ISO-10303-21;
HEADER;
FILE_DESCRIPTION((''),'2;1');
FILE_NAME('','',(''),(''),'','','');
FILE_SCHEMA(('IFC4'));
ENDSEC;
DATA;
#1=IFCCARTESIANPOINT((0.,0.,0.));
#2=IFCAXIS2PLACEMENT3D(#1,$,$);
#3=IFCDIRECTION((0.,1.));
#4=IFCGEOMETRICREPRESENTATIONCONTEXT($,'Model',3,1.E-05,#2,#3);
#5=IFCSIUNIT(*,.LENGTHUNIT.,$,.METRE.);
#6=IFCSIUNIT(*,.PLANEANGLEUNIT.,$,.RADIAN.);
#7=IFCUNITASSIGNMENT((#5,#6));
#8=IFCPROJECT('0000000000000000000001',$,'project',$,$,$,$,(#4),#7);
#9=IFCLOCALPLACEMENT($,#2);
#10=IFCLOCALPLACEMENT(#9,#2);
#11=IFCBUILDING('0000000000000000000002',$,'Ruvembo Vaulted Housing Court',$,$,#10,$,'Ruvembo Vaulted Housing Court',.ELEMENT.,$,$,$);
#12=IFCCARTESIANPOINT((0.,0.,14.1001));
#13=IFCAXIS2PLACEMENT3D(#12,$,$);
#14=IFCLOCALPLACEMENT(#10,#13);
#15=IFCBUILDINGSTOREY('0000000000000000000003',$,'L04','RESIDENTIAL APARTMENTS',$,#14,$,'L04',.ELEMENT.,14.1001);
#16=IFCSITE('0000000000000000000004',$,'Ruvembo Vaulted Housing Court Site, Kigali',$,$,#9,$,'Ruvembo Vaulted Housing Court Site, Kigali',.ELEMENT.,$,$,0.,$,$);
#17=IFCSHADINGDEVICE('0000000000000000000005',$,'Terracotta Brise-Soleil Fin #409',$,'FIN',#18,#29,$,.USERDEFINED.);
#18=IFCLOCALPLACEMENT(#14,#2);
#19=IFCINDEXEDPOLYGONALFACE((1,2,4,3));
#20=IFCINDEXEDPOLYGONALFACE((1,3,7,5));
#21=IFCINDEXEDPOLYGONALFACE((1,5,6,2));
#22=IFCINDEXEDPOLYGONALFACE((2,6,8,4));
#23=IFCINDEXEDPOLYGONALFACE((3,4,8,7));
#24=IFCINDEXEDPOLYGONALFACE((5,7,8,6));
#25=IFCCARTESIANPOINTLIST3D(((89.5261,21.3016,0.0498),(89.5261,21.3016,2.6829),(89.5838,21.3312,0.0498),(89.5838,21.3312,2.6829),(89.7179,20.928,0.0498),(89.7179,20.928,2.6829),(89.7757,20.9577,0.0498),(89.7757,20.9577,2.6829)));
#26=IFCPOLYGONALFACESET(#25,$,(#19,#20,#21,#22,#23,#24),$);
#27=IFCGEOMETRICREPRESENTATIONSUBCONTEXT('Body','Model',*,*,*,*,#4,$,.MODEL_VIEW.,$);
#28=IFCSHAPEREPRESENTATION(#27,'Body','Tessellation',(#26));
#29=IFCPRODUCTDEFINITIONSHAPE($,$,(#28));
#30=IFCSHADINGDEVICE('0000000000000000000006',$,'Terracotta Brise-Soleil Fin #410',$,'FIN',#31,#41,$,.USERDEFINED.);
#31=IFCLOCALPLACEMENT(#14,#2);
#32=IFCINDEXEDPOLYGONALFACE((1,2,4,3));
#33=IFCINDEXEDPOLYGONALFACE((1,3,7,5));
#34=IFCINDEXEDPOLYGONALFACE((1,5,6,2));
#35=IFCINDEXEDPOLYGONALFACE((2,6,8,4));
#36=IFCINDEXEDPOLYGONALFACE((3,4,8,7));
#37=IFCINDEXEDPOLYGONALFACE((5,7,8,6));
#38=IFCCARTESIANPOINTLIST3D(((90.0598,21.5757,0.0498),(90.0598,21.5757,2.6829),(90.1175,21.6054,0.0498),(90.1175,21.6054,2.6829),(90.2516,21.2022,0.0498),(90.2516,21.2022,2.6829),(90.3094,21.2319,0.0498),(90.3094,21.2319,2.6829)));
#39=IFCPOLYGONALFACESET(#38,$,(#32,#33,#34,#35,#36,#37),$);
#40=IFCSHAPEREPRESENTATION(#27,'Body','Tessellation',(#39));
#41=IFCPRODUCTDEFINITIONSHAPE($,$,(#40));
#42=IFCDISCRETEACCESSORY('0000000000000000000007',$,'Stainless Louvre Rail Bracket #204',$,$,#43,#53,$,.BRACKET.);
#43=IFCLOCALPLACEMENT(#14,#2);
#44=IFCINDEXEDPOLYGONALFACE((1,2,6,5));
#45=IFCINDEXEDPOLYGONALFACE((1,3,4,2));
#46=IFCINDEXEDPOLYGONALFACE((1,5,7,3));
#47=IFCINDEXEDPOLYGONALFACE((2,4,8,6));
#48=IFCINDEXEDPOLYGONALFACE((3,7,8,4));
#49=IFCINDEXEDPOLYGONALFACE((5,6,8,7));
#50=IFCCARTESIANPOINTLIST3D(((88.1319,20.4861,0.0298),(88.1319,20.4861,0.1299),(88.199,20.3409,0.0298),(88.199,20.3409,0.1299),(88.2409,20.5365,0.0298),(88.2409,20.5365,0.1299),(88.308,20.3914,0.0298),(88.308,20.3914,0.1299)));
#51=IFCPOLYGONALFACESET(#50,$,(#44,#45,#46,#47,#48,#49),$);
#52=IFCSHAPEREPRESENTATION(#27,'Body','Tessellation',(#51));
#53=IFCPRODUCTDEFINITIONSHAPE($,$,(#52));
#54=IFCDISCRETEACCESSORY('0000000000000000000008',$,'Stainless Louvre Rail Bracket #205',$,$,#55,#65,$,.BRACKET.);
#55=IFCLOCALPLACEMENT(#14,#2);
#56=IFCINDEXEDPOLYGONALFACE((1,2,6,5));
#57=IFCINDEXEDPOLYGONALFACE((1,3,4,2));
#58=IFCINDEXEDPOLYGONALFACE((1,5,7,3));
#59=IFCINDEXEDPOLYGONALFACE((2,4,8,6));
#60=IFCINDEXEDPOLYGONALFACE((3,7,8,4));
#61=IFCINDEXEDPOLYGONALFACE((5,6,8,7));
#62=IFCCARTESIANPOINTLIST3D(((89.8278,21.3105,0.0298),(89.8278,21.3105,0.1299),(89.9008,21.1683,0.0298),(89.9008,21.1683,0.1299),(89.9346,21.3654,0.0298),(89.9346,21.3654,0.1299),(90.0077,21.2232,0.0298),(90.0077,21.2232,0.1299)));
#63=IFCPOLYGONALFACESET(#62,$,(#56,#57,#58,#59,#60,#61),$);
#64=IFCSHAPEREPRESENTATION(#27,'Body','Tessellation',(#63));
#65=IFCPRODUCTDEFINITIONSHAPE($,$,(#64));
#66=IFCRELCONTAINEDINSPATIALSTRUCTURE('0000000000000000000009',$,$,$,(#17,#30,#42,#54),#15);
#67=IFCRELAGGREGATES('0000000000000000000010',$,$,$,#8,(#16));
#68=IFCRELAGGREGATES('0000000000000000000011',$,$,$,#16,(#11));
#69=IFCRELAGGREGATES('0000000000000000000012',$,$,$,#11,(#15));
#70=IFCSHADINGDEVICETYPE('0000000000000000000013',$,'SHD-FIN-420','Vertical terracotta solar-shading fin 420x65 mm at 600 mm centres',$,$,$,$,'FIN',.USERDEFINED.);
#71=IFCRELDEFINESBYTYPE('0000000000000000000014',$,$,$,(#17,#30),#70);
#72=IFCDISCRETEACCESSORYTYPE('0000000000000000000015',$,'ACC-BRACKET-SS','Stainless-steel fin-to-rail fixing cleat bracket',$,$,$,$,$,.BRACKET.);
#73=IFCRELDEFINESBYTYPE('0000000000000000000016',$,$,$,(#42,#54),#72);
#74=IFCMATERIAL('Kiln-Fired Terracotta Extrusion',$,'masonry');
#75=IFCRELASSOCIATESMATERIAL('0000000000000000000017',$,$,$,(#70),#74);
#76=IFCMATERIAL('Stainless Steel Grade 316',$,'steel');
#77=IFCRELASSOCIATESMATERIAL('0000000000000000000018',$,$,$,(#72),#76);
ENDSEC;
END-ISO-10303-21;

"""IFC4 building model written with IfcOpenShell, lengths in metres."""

from ifc_helpers import new_model, si_unit, direction, frame, origin, origin_2d, place, context, subcontext, project, spatial, rectangle, extrude, material, type_object, element, save


model = new_model("IFC4")

# Units and contexts
model_context = context("Model", 3, precision=1e-05, world=origin(), true_north=direction((0.0, 1.0)))
body_context = subcontext(model_context, "Body", "Model", "MODEL_VIEW")
ifc_project = project(units=[si_unit("LENGTHUNIT", "METRE"), si_unit("PLANEANGLEUNIT", "RADIAN")], contexts=[model_context])

# Site, building, storey
site_placement = place(None, origin())
site = spatial("IfcSite", under=ifc_project, at=site_placement, Name="Ruvembo Vaulted Housing Court Site, Kigali", LongName="Ruvembo Vaulted Housing Court Site, Kigali", CompositionType="ELEMENT", RefElevation=0.0)
building_placement = place(site_placement, origin())
building = spatial("IfcBuilding", under=site, at=building_placement, Name="Ruvembo Vaulted Housing Court", LongName="Ruvembo Vaulted Housing Court", CompositionType="ELEMENT")
storey_placement = place(building_placement, frame((0.0, 0.0, 14.1001)))
storey = spatial("IfcBuildingStorey", under=building, at=storey_placement, Name="L04", Description="RESIDENTIAL APARTMENTS", LongName="L04", CompositionType="ELEMENT", Elevation=14.1001)

# Shading devices
ifc_material_1 = material(Name="Kiln-Fired Terracotta Extrusion", Category="masonry")
shading_device_type = type_object("IfcShadingDeviceType", Name="SHD-FIN-420", Description="Vertical terracotta solar-shading fin 420x65 mm at 600 mm centres", ElementType="FIN", PredefinedType="USERDEFINED", material=ifc_material_1)
for number, where, z_axis, x_axis, name in (
    (1, (89.6509, 21.1296, 0.0498), (0.0, 0.0, 1.0), (0.45685, -0.889544, 0.0), "Terracotta Brise-Soleil Fin #409"),
    (2, (90.1846, 21.4038, 0.0498), (0.0, 0.0, 1.0), (0.45685, -0.889544, 0.0), "Terracotta Brise-Soleil Fin #410"),
):
    element("IfcShadingDevice", number, at=place(storey_placement, frame(where, z_axis=z_axis, x_axis=x_axis)), inside=storey, type_object=shading_device_type, Name=name, ObjectType="FIN", PredefinedType="USERDEFINED", context=body_context, shape_type="SweptSolid", body=[
        extrude(rectangle(XDim=0.4199, YDim=0.0649, at=origin_2d()), origin(), (0.0, 0.0, 1.0), 2.6331),
    ])

# Discrete accessories
ifc_material_2 = material(Name="Stainless Steel Grade 316", Category="steel")
discrete_accessory_type = type_object("IfcDiscreteAccessoryType", Name="ACC-BRACKET-SS", Description="Stainless-steel fin-to-rail fixing cleat bracket", PredefinedType="BRACKET", material=ifc_material_2)
for number, where, z_axis, x_axis, name in (
    (3, (88.22, 20.4387, 0.0298), (0.0, 0.0, 1.0), (0.419737, -0.907646, 0.0), "Stainless Louvre Rail Bracket #204"),
    (4, (89.9177, 21.2668, 0.0298), (0.0, 0.0, 1.0), (0.45685, -0.889544, 0.0), "Stainless Louvre Rail Bracket #205"),
):
    element("IfcDiscreteAccessory", number, at=place(storey_placement, frame(where, z_axis=z_axis, x_axis=x_axis)), inside=storey, type_object=discrete_accessory_type, Name=name, PredefinedType="BRACKET", context=body_context, shape_type="SweptSolid", body=[
        extrude(rectangle(XDim=0.1599, YDim=0.1201, at=origin_2d()), origin(), (0.0, 0.0, 1.0), 0.1001),
    ])

save(model, "model.ifc")
